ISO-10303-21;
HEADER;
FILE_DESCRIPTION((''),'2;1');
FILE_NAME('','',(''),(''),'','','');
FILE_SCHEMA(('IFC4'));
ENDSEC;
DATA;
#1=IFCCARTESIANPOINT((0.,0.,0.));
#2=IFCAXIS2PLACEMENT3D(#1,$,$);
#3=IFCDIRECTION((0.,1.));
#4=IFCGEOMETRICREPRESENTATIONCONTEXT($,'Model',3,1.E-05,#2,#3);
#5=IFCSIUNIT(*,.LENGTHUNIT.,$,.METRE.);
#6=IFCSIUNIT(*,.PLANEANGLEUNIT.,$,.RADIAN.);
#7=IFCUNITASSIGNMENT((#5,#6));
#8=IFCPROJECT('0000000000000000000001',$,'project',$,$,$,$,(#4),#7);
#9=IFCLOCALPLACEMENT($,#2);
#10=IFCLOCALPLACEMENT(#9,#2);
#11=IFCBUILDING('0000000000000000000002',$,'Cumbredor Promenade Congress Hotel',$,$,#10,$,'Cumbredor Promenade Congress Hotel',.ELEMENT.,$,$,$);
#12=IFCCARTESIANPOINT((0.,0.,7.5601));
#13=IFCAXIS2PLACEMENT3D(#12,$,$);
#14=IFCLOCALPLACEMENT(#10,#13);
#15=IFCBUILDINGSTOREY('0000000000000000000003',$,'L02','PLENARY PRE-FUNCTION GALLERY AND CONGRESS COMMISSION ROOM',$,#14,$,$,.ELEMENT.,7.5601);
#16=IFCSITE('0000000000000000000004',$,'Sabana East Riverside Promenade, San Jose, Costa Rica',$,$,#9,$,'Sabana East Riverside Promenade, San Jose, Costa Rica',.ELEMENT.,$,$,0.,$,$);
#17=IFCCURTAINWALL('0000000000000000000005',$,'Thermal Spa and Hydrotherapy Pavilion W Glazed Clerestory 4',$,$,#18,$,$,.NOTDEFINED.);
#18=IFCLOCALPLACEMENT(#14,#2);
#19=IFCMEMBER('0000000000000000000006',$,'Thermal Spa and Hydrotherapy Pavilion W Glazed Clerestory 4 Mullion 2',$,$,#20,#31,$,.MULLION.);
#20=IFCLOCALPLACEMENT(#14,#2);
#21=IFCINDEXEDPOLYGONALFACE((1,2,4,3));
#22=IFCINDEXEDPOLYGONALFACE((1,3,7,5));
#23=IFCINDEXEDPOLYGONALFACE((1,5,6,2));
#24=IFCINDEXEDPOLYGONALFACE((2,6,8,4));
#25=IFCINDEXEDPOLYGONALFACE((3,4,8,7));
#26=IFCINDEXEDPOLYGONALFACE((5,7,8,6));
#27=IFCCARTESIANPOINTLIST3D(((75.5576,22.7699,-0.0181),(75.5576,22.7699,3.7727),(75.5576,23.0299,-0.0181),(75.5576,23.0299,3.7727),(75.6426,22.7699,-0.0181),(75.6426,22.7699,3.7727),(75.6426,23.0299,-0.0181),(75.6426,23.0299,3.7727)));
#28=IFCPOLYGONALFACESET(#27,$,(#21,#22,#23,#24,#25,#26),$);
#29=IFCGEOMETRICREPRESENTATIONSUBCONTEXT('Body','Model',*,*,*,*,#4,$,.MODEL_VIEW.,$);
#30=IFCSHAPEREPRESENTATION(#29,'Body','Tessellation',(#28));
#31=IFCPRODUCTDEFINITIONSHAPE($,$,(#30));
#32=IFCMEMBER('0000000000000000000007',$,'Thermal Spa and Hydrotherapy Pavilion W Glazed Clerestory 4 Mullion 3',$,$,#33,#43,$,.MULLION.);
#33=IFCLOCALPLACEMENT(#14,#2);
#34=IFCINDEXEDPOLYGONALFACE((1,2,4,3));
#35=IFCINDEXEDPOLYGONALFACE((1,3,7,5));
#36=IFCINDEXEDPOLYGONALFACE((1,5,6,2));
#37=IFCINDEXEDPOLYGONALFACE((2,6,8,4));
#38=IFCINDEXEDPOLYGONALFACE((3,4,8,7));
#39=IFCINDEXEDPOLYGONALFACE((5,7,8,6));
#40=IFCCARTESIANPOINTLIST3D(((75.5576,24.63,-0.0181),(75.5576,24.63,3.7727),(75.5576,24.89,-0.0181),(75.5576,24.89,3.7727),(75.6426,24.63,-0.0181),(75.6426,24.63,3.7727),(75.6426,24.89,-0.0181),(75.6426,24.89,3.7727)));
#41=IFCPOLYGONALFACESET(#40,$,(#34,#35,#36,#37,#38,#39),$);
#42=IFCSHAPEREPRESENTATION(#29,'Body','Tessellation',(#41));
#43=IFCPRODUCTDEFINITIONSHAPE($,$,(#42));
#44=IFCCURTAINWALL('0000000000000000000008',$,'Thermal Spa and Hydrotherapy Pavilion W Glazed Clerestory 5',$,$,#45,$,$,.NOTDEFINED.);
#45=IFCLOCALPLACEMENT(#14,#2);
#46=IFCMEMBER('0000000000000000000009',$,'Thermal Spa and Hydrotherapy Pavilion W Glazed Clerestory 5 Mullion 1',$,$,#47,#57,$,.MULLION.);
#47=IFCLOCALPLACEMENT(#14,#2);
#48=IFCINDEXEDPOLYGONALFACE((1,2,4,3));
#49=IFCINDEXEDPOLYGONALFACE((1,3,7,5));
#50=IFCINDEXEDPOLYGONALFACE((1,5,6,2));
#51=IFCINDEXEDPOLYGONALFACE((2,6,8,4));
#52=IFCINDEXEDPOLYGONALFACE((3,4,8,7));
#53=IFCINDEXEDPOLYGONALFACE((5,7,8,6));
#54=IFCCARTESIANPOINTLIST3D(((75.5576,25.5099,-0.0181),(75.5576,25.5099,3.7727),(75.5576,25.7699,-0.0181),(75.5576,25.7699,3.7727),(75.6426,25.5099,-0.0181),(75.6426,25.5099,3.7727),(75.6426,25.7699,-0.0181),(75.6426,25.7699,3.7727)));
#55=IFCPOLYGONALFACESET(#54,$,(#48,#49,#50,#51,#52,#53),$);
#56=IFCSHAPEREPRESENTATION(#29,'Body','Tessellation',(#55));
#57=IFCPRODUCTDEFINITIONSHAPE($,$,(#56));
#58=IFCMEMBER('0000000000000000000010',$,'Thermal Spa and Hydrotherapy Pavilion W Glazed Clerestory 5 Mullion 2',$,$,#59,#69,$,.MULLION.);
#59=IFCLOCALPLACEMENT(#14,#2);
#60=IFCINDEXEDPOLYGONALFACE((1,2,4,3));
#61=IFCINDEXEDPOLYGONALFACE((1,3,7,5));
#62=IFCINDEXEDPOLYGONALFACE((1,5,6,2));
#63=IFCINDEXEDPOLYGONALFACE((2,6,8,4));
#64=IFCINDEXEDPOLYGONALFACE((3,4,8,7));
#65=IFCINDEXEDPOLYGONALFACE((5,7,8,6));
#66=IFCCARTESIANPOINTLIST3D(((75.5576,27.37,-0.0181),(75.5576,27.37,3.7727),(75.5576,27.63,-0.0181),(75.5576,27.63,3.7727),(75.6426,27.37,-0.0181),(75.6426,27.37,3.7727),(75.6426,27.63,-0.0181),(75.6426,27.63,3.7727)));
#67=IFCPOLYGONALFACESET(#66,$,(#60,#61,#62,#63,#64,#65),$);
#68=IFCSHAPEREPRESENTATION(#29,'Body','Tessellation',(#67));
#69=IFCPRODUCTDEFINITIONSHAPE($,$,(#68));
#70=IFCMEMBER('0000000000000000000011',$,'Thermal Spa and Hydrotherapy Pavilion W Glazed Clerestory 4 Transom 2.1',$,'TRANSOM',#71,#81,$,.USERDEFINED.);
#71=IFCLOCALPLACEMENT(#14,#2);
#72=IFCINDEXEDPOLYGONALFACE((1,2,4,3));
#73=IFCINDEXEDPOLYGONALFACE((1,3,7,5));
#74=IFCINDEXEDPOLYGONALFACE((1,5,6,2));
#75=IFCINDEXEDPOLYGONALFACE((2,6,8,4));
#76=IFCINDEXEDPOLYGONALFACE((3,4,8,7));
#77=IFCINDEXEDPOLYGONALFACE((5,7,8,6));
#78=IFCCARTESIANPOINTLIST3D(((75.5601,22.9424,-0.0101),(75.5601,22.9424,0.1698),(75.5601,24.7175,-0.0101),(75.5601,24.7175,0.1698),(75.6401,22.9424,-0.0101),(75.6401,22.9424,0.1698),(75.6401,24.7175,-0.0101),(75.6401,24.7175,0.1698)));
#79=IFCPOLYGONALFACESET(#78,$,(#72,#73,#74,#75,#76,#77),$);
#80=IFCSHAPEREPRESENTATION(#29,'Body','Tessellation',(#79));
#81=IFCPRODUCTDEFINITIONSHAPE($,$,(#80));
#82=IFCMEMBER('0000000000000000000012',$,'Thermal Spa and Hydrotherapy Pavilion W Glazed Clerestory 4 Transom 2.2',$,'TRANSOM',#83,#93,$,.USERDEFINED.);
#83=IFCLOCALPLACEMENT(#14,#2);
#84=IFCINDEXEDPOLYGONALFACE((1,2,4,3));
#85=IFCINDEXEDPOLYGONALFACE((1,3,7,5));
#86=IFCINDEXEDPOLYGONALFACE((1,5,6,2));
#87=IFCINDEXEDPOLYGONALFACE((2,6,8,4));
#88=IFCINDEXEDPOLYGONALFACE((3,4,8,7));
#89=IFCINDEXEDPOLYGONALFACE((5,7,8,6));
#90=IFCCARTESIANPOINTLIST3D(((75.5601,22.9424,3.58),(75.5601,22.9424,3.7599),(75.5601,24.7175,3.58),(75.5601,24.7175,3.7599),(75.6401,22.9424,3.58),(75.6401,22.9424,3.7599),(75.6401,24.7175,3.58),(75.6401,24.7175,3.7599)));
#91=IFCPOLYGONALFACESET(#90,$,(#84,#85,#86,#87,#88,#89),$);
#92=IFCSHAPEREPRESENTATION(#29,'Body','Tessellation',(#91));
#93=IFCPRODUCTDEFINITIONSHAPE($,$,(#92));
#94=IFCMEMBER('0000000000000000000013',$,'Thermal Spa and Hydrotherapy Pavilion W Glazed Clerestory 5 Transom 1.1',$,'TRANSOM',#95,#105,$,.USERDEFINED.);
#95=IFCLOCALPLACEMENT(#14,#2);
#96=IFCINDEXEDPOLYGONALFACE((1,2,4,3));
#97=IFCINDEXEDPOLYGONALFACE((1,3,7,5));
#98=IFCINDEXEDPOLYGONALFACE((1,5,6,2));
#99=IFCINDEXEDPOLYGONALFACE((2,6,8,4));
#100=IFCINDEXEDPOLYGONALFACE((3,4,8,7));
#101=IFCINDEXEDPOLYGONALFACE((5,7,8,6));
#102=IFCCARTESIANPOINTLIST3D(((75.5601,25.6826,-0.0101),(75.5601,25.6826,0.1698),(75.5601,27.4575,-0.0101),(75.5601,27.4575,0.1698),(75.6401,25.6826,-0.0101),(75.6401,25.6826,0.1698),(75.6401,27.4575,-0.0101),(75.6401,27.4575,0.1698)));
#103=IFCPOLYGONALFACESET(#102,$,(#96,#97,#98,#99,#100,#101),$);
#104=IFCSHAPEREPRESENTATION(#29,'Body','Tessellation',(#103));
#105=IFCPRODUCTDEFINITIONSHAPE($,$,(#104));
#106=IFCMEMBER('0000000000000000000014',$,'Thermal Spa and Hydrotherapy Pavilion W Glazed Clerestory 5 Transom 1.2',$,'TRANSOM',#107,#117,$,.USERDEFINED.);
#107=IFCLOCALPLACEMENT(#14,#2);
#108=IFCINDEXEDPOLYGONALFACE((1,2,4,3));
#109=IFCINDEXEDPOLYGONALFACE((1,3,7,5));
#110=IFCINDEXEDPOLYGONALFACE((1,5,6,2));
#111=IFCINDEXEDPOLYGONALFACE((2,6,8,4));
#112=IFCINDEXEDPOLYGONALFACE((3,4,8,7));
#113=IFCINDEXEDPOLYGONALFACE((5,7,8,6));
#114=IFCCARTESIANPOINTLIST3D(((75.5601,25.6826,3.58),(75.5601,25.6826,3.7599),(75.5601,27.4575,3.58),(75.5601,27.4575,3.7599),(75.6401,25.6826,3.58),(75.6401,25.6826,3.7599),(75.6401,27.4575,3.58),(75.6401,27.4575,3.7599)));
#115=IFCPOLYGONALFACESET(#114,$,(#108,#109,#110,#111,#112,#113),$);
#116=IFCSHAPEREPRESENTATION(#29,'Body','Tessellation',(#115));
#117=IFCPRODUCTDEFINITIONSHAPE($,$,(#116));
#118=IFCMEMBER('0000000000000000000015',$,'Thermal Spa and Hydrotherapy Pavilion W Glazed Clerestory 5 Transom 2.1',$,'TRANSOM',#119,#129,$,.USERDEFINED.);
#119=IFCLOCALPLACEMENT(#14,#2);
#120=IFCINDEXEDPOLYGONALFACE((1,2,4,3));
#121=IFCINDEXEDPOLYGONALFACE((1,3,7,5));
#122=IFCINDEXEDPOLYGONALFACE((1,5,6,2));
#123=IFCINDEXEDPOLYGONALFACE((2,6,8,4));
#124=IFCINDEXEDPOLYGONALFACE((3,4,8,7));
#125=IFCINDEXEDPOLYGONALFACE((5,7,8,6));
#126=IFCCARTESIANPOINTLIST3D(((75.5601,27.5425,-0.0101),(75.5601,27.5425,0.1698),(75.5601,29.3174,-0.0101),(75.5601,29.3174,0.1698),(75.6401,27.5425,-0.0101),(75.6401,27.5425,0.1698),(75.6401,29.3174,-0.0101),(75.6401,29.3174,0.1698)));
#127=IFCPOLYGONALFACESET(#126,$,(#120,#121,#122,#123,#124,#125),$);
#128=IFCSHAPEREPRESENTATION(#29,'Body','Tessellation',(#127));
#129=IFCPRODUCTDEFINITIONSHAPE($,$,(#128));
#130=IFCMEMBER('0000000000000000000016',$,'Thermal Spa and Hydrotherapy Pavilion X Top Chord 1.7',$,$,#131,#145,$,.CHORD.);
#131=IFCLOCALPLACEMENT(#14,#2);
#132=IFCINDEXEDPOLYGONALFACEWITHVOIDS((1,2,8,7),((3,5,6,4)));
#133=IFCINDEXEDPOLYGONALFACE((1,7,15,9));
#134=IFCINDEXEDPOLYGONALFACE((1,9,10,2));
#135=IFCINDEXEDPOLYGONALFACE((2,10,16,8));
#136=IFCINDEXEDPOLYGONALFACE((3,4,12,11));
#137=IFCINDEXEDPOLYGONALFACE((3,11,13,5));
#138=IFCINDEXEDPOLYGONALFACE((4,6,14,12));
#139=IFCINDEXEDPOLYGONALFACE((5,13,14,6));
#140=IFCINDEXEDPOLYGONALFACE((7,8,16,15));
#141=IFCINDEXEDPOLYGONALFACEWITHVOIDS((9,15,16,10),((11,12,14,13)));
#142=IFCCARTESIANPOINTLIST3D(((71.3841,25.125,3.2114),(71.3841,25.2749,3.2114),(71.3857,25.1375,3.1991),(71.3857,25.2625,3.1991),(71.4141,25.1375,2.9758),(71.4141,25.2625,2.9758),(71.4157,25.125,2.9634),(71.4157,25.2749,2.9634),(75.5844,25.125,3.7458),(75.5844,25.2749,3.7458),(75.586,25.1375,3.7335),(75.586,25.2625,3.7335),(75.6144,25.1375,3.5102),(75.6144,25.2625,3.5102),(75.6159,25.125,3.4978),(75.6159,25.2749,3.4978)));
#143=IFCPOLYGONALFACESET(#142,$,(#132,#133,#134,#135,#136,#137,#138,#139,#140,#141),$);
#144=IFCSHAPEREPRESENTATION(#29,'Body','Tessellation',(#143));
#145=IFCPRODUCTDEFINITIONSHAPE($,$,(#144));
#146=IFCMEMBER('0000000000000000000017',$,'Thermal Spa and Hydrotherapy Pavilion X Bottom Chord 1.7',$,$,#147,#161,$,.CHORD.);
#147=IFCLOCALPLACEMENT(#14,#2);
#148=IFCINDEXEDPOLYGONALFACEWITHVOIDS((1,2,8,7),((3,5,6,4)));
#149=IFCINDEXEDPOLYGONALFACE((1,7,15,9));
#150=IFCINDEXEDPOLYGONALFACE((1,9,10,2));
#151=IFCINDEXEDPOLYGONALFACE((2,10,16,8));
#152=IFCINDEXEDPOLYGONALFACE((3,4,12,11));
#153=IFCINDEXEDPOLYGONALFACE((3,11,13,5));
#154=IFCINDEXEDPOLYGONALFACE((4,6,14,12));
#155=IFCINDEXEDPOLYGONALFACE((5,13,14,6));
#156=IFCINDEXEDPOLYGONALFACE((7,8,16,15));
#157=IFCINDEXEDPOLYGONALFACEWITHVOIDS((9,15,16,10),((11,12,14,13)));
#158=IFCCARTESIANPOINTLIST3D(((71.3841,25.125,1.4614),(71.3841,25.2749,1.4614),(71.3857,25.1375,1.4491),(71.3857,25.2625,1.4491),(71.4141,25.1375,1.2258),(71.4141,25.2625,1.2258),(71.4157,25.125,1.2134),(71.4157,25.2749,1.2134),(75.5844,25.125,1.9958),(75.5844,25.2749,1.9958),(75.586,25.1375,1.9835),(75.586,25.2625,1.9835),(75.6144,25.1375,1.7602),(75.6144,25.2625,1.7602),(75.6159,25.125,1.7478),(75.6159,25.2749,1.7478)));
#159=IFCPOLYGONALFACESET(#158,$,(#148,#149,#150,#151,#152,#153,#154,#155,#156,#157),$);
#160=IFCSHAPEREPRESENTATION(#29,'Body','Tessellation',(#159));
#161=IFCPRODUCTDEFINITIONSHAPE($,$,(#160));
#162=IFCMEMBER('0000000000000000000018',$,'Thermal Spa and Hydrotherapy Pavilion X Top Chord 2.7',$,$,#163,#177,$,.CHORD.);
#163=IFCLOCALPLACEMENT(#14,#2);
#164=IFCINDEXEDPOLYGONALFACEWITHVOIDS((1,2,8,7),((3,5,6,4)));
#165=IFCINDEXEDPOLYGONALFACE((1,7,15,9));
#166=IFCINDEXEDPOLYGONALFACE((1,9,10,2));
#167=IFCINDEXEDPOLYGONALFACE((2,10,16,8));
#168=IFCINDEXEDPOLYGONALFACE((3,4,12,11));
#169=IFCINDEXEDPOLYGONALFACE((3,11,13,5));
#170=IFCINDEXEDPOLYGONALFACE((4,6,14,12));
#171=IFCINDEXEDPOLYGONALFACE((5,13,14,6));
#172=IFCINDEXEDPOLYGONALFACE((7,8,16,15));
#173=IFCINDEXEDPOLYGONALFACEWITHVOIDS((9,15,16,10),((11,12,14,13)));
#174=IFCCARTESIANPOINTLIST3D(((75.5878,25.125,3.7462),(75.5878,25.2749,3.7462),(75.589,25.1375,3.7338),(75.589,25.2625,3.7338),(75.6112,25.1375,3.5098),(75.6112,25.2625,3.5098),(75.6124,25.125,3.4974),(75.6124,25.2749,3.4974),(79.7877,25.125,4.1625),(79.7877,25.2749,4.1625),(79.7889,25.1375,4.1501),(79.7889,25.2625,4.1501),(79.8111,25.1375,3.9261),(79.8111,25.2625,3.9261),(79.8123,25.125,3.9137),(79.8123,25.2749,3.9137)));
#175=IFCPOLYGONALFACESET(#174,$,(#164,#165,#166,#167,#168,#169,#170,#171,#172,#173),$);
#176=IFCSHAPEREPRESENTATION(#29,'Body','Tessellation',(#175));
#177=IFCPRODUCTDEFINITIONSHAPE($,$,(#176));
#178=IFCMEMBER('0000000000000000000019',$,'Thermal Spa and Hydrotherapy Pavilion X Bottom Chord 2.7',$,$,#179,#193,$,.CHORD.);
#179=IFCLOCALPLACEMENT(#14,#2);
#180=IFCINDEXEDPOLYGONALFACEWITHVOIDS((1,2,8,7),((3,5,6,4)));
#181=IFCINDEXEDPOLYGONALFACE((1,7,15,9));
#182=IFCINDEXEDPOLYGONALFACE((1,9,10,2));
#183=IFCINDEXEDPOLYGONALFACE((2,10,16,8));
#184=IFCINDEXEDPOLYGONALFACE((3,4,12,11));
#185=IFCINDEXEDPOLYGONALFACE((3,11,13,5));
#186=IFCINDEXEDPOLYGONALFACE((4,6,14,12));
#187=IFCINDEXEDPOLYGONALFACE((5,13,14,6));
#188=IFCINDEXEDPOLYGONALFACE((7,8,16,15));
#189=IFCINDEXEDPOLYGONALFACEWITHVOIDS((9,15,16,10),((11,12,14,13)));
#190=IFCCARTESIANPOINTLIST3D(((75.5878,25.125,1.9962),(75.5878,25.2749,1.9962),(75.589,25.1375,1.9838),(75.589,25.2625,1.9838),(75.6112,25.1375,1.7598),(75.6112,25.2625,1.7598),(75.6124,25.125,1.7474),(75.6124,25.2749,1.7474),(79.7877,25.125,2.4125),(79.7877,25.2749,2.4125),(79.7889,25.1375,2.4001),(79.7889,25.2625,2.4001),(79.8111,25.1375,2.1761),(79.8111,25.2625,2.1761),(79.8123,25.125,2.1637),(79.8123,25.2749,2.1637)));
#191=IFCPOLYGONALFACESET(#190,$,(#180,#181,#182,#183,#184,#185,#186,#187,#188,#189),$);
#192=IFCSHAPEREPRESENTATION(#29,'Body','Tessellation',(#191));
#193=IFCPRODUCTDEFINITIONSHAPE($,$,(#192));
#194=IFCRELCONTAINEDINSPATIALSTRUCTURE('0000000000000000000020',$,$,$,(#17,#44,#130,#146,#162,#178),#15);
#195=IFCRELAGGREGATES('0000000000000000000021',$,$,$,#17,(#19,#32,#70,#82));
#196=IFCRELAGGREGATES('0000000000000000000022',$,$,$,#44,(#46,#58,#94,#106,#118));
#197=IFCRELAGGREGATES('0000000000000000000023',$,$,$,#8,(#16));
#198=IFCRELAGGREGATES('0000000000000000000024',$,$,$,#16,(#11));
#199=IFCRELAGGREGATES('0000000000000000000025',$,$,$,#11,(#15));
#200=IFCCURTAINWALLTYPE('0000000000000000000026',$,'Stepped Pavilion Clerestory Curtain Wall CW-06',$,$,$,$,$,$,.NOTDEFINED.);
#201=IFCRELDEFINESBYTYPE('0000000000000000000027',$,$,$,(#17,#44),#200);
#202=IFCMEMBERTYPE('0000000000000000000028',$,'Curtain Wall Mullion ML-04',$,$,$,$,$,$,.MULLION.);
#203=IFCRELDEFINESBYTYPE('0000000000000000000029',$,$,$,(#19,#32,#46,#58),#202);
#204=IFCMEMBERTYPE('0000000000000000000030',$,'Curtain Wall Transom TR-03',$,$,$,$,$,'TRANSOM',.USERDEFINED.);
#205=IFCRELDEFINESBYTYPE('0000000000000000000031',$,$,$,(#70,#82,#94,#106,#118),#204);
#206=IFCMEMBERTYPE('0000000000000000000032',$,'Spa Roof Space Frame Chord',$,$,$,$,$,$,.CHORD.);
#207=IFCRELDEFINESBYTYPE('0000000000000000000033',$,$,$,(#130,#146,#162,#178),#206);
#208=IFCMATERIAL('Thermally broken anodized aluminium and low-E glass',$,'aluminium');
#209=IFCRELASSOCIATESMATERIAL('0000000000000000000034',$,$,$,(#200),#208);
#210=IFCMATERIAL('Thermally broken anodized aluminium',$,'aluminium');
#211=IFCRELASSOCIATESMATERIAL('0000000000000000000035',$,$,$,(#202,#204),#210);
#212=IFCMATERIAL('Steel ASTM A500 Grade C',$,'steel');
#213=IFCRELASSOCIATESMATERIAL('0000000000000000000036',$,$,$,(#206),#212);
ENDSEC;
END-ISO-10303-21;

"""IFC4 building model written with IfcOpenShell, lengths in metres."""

from ifc_helpers import new_model, si_unit, direction, frame, origin, origin_2d, place, context, subcontext, project, spatial, rectangle, hollow_rectangle, extrude, material, material_profile, profile_set, type_object, element, aggregate, save


model = new_model("IFC4")

# Units and contexts
model_context = context("Model", 3, precision=1e-05, world=origin(), true_north=direction((0.0, 1.0)))
body_context = subcontext(model_context, "Body", "Model", "MODEL_VIEW")
ifc_project = project(units=[si_unit("LENGTHUNIT", "METRE"), si_unit("PLANEANGLEUNIT", "RADIAN")], contexts=[model_context])

# Site, building, storey
site_placement = place(None, origin())
site = spatial("IfcSite", under=ifc_project, at=site_placement, Name="Sabana East Riverside Promenade, San Jose, Costa Rica", LongName="Sabana East Riverside Promenade, San Jose, Costa Rica", CompositionType="ELEMENT", RefElevation=0.0)
building_placement = place(site_placement, origin())
building = spatial("IfcBuilding", under=site, at=building_placement, Name="Cumbredor Promenade Congress Hotel", LongName="Cumbredor Promenade Congress Hotel", CompositionType="ELEMENT")
storey_placement = place(building_placement, frame((0.0, 0.0, 7.5601)))
storey = spatial("IfcBuildingStorey", under=building, at=storey_placement, Name="L02", Description="PLENARY PRE-FUNCTION GALLERY AND CONGRESS COMMISSION ROOM", CompositionType="ELEMENT", Elevation=7.5601)

# Curtain walls, members
ifc_material_1 = material(Name="Thermally broken anodized aluminium and low-E glass", Category="aluminium")
curtain_wall_type = type_object("IfcCurtainWallType", Name="Stepped Pavilion Clerestory Curtain Wall CW-06", PredefinedType="NOTDEFINED", material=ifc_material_1)
curtain_wall_1_placement = place(storey_placement, origin())
curtain_wall_1 = element("IfcCurtainWall", 1, at=curtain_wall_1_placement, inside=storey, type_object=curtain_wall_type, Name="Thermal Spa and Hydrotherapy Pavilion W Glazed Clerestory 4", PredefinedType="NOTDEFINED")
ifc_material_2 = material(Name="Thermally broken anodized aluminium", Category="aluminium")
ifc_material_profile_1 = material_profile(ifc_material_2, rectangle(XDim=0.085, YDim=0.26, at=origin_2d()), Name="ALU MULLION CLERESTORY 85x260")
ifc_profile_set_1 = profile_set([ifc_material_profile_1], Name="Thermally broken anodized aluminium")
member_type_1 = type_object("IfcMemberType", Name="Curtain Wall Mullion ML-04", PredefinedType="MULLION", material=ifc_profile_set_1)
member_1_placement = place(storey_placement, frame((75.6001, 22.8999, -0.0181), z_axis=(0.0, 0.0, 1.0), x_axis=(1.0, 0.0, 0.0)))
member_1 = element("IfcMember", 2, at=member_1_placement, type_object=member_type_1, Name="Thermal Spa and Hydrotherapy Pavilion W Glazed Clerestory 4 Mullion 2", PredefinedType="MULLION", context=body_context, shape_type="SweptSolid", body=[
    extrude(rectangle(XDim=0.085, YDim=0.26, at=origin_2d()), origin(), (0.0, 0.0, 1.0), 3.7908),
])
member_2_placement = place(storey_placement, frame((75.6001, 24.76, -0.0181), z_axis=(0.0, 0.0, 1.0), x_axis=(1.0, 0.0, 0.0)))
member_2 = element("IfcMember", 3, at=member_2_placement, type_object=member_type_1, Name="Thermal Spa and Hydrotherapy Pavilion W Glazed Clerestory 4 Mullion 3", PredefinedType="MULLION", context=body_context, shape_type="SweptSolid", body=[
    extrude(rectangle(XDim=0.085, YDim=0.26, at=origin_2d()), origin(), (0.0, 0.0, 1.0), 3.7908),
])
curtain_wall_2_placement = place(storey_placement, origin())
curtain_wall_2 = element("IfcCurtainWall", 4, at=curtain_wall_2_placement, inside=storey, type_object=curtain_wall_type, Name="Thermal Spa and Hydrotherapy Pavilion W Glazed Clerestory 5", PredefinedType="NOTDEFINED")
member_3_placement = place(storey_placement, frame((75.6001, 25.6399, -0.0181), z_axis=(0.0, 0.0, 1.0), x_axis=(1.0, 0.0, 0.0)))
member_3 = element("IfcMember", 5, at=member_3_placement, type_object=member_type_1, Name="Thermal Spa and Hydrotherapy Pavilion W Glazed Clerestory 5 Mullion 1", PredefinedType="MULLION", context=body_context, shape_type="SweptSolid", body=[
    extrude(rectangle(XDim=0.085, YDim=0.26, at=origin_2d()), origin(), (0.0, 0.0, 1.0), 3.7908),
])
member_4_placement = place(storey_placement, frame((75.6001, 27.5, -0.0181), z_axis=(0.0, 0.0, 1.0), x_axis=(1.0, 0.0, 0.0)))
member_4 = element("IfcMember", 6, at=member_4_placement, type_object=member_type_1, Name="Thermal Spa and Hydrotherapy Pavilion W Glazed Clerestory 5 Mullion 2", PredefinedType="MULLION", context=body_context, shape_type="SweptSolid", body=[
    extrude(rectangle(XDim=0.085, YDim=0.26, at=origin_2d()), origin(), (0.0, 0.0, 1.0), 3.7908),
])

# Members
ifc_material_profile_2 = material_profile(ifc_material_2, rectangle(XDim=0.0801, YDim=0.1799, at=origin_2d()), Name="ALU TRANSOM 80x180")
ifc_profile_set_2 = profile_set([ifc_material_profile_2], Name="Thermally broken anodized aluminium")
member_type_2 = type_object("IfcMemberType", Name="Curtain Wall Transom TR-03", ElementType="TRANSOM", PredefinedType="USERDEFINED", material=ifc_profile_set_2)
member_5_placement = place(storey_placement, frame((75.6001, 22.9424, 0.0798), z_axis=(0.0, 1.0, 0.0), x_axis=(-1.0, 0.0, 0.0)))
member_5 = element("IfcMember", 7, at=member_5_placement, type_object=member_type_2, Name="Thermal Spa and Hydrotherapy Pavilion W Glazed Clerestory 4 Transom 2.1", ObjectType="TRANSOM", PredefinedType="USERDEFINED", context=body_context, shape_type="SweptSolid", body=[
    extrude(rectangle(XDim=0.0801, YDim=0.1799, at=origin_2d()), origin(), (0.0, 0.0, 1.0), 1.7751),
])
member_6_placement = place(storey_placement, frame((75.6001, 22.9424, 3.6699), z_axis=(0.0, 1.0, 0.0), x_axis=(-1.0, 0.0, 0.0)))
member_6 = element("IfcMember", 8, at=member_6_placement, type_object=member_type_2, Name="Thermal Spa and Hydrotherapy Pavilion W Glazed Clerestory 4 Transom 2.2", ObjectType="TRANSOM", PredefinedType="USERDEFINED", context=body_context, shape_type="SweptSolid", body=[
    extrude(rectangle(XDim=0.0801, YDim=0.1799, at=origin_2d()), origin(), (0.0, 0.0, 1.0), 1.7751),
])
member_7_placement = place(storey_placement, frame((75.6001, 25.6826, 0.0798), z_axis=(0.0, 1.0, 0.0), x_axis=(-1.0, 0.0, 0.0)))
member_7 = element("IfcMember", 9, at=member_7_placement, type_object=member_type_2, Name="Thermal Spa and Hydrotherapy Pavilion W Glazed Clerestory 5 Transom 1.1", ObjectType="TRANSOM", PredefinedType="USERDEFINED", context=body_context, shape_type="SweptSolid", body=[
    extrude(rectangle(XDim=0.0801, YDim=0.1799, at=origin_2d()), origin(), (0.0, 0.0, 1.0), 1.7749),
])
member_8_placement = place(storey_placement, frame((75.6001, 25.6826, 3.6699), z_axis=(0.0, 1.0, 0.0), x_axis=(-1.0, 0.0, 0.0)))
member_8 = element("IfcMember", 10, at=member_8_placement, type_object=member_type_2, Name="Thermal Spa and Hydrotherapy Pavilion W Glazed Clerestory 5 Transom 1.2", ObjectType="TRANSOM", PredefinedType="USERDEFINED", context=body_context, shape_type="SweptSolid", body=[
    extrude(rectangle(XDim=0.0801, YDim=0.1799, at=origin_2d()), origin(), (0.0, 0.0, 1.0), 1.7749),
])
member_9_placement = place(storey_placement, frame((75.6001, 27.5425, 0.0798), z_axis=(0.0, 1.0, 0.0), x_axis=(-1.0, 0.0, 0.0)))
member_9 = element("IfcMember", 11, at=member_9_placement, type_object=member_type_2, Name="Thermal Spa and Hydrotherapy Pavilion W Glazed Clerestory 5 Transom 2.1", ObjectType="TRANSOM", PredefinedType="USERDEFINED", context=body_context, shape_type="SweptSolid", body=[
    extrude(rectangle(XDim=0.0801, YDim=0.1799, at=origin_2d()), origin(), (0.0, 0.0, 1.0), 1.7749),
])

# Members
ifc_material_3 = material(Name="Steel ASTM A500 Grade C", Category="steel")
ifc_material_profile_3 = material_profile(ifc_material_3, hollow_rectangle(XDim=0.1499, YDim=0.25, WallThickness=0.0125, at=origin_2d()), Name="HSS 250x150x12.5")
ifc_profile_set_3 = profile_set([ifc_material_profile_3], Name="Steel ASTM A500 Grade C")
member_type_3 = type_object("IfcMemberType", Name="Spa Roof Space Frame Chord", PredefinedType="CHORD", material=ifc_profile_set_3)
for number, where, z_axis, x_axis, name in (
    (12, (71.3999, 25.2, 3.0874), (0.992002, 0.0, 0.12622), (0.0, 1.0, 0.0), "Thermal Spa and Hydrotherapy Pavilion X Top Chord 1.7"),
    (13, (71.3999, 25.2, 1.3374), (0.992002, 0.0, 0.12622), (0.0, 1.0, 0.0), "Thermal Spa and Hydrotherapy Pavilion X Bottom Chord 1.7"),
):
    element("IfcMember", number, at=place(storey_placement, frame(where, z_axis=z_axis, x_axis=x_axis)), inside=storey, type_object=member_type_3, Name=name, PredefinedType="CHORD", context=body_context, shape_type="SweptSolid", body=[
        extrude(hollow_rectangle(XDim=0.1499, YDim=0.25, WallThickness=0.0125, at=origin_2d()), origin(), (0.0, 0.0, 1.0), 4.2341),
    ])
for number, where, z_axis, x_axis, name in (
    (14, (75.6001, 25.2, 3.6218), (0.995124, 0.0, 0.098627), (0.0, 1.0, 0.0), "Thermal Spa and Hydrotherapy Pavilion X Top Chord 2.7"),
    (15, (75.6001, 25.2, 1.8718), (0.995124, 0.0, 0.098627), (0.0, 1.0, 0.0), "Thermal Spa and Hydrotherapy Pavilion X Bottom Chord 2.7"),
):
    element("IfcMember", number, at=place(storey_placement, frame(where, z_axis=z_axis, x_axis=x_axis)), inside=storey, type_object=member_type_3, Name=name, PredefinedType="CHORD", context=body_context, shape_type="SweptSolid", body=[
        extrude(hollow_rectangle(XDim=0.1499, YDim=0.25, WallThickness=0.0125, at=origin_2d()), origin(), (0.0, 0.0, 1.0), 4.2205),
    ])

aggregate(curtain_wall_1, [member_1, member_2, member_5, member_6])
aggregate(curtain_wall_2, [member_3, member_4, member_7, member_8, member_9])

save(model, "model.ifc")
